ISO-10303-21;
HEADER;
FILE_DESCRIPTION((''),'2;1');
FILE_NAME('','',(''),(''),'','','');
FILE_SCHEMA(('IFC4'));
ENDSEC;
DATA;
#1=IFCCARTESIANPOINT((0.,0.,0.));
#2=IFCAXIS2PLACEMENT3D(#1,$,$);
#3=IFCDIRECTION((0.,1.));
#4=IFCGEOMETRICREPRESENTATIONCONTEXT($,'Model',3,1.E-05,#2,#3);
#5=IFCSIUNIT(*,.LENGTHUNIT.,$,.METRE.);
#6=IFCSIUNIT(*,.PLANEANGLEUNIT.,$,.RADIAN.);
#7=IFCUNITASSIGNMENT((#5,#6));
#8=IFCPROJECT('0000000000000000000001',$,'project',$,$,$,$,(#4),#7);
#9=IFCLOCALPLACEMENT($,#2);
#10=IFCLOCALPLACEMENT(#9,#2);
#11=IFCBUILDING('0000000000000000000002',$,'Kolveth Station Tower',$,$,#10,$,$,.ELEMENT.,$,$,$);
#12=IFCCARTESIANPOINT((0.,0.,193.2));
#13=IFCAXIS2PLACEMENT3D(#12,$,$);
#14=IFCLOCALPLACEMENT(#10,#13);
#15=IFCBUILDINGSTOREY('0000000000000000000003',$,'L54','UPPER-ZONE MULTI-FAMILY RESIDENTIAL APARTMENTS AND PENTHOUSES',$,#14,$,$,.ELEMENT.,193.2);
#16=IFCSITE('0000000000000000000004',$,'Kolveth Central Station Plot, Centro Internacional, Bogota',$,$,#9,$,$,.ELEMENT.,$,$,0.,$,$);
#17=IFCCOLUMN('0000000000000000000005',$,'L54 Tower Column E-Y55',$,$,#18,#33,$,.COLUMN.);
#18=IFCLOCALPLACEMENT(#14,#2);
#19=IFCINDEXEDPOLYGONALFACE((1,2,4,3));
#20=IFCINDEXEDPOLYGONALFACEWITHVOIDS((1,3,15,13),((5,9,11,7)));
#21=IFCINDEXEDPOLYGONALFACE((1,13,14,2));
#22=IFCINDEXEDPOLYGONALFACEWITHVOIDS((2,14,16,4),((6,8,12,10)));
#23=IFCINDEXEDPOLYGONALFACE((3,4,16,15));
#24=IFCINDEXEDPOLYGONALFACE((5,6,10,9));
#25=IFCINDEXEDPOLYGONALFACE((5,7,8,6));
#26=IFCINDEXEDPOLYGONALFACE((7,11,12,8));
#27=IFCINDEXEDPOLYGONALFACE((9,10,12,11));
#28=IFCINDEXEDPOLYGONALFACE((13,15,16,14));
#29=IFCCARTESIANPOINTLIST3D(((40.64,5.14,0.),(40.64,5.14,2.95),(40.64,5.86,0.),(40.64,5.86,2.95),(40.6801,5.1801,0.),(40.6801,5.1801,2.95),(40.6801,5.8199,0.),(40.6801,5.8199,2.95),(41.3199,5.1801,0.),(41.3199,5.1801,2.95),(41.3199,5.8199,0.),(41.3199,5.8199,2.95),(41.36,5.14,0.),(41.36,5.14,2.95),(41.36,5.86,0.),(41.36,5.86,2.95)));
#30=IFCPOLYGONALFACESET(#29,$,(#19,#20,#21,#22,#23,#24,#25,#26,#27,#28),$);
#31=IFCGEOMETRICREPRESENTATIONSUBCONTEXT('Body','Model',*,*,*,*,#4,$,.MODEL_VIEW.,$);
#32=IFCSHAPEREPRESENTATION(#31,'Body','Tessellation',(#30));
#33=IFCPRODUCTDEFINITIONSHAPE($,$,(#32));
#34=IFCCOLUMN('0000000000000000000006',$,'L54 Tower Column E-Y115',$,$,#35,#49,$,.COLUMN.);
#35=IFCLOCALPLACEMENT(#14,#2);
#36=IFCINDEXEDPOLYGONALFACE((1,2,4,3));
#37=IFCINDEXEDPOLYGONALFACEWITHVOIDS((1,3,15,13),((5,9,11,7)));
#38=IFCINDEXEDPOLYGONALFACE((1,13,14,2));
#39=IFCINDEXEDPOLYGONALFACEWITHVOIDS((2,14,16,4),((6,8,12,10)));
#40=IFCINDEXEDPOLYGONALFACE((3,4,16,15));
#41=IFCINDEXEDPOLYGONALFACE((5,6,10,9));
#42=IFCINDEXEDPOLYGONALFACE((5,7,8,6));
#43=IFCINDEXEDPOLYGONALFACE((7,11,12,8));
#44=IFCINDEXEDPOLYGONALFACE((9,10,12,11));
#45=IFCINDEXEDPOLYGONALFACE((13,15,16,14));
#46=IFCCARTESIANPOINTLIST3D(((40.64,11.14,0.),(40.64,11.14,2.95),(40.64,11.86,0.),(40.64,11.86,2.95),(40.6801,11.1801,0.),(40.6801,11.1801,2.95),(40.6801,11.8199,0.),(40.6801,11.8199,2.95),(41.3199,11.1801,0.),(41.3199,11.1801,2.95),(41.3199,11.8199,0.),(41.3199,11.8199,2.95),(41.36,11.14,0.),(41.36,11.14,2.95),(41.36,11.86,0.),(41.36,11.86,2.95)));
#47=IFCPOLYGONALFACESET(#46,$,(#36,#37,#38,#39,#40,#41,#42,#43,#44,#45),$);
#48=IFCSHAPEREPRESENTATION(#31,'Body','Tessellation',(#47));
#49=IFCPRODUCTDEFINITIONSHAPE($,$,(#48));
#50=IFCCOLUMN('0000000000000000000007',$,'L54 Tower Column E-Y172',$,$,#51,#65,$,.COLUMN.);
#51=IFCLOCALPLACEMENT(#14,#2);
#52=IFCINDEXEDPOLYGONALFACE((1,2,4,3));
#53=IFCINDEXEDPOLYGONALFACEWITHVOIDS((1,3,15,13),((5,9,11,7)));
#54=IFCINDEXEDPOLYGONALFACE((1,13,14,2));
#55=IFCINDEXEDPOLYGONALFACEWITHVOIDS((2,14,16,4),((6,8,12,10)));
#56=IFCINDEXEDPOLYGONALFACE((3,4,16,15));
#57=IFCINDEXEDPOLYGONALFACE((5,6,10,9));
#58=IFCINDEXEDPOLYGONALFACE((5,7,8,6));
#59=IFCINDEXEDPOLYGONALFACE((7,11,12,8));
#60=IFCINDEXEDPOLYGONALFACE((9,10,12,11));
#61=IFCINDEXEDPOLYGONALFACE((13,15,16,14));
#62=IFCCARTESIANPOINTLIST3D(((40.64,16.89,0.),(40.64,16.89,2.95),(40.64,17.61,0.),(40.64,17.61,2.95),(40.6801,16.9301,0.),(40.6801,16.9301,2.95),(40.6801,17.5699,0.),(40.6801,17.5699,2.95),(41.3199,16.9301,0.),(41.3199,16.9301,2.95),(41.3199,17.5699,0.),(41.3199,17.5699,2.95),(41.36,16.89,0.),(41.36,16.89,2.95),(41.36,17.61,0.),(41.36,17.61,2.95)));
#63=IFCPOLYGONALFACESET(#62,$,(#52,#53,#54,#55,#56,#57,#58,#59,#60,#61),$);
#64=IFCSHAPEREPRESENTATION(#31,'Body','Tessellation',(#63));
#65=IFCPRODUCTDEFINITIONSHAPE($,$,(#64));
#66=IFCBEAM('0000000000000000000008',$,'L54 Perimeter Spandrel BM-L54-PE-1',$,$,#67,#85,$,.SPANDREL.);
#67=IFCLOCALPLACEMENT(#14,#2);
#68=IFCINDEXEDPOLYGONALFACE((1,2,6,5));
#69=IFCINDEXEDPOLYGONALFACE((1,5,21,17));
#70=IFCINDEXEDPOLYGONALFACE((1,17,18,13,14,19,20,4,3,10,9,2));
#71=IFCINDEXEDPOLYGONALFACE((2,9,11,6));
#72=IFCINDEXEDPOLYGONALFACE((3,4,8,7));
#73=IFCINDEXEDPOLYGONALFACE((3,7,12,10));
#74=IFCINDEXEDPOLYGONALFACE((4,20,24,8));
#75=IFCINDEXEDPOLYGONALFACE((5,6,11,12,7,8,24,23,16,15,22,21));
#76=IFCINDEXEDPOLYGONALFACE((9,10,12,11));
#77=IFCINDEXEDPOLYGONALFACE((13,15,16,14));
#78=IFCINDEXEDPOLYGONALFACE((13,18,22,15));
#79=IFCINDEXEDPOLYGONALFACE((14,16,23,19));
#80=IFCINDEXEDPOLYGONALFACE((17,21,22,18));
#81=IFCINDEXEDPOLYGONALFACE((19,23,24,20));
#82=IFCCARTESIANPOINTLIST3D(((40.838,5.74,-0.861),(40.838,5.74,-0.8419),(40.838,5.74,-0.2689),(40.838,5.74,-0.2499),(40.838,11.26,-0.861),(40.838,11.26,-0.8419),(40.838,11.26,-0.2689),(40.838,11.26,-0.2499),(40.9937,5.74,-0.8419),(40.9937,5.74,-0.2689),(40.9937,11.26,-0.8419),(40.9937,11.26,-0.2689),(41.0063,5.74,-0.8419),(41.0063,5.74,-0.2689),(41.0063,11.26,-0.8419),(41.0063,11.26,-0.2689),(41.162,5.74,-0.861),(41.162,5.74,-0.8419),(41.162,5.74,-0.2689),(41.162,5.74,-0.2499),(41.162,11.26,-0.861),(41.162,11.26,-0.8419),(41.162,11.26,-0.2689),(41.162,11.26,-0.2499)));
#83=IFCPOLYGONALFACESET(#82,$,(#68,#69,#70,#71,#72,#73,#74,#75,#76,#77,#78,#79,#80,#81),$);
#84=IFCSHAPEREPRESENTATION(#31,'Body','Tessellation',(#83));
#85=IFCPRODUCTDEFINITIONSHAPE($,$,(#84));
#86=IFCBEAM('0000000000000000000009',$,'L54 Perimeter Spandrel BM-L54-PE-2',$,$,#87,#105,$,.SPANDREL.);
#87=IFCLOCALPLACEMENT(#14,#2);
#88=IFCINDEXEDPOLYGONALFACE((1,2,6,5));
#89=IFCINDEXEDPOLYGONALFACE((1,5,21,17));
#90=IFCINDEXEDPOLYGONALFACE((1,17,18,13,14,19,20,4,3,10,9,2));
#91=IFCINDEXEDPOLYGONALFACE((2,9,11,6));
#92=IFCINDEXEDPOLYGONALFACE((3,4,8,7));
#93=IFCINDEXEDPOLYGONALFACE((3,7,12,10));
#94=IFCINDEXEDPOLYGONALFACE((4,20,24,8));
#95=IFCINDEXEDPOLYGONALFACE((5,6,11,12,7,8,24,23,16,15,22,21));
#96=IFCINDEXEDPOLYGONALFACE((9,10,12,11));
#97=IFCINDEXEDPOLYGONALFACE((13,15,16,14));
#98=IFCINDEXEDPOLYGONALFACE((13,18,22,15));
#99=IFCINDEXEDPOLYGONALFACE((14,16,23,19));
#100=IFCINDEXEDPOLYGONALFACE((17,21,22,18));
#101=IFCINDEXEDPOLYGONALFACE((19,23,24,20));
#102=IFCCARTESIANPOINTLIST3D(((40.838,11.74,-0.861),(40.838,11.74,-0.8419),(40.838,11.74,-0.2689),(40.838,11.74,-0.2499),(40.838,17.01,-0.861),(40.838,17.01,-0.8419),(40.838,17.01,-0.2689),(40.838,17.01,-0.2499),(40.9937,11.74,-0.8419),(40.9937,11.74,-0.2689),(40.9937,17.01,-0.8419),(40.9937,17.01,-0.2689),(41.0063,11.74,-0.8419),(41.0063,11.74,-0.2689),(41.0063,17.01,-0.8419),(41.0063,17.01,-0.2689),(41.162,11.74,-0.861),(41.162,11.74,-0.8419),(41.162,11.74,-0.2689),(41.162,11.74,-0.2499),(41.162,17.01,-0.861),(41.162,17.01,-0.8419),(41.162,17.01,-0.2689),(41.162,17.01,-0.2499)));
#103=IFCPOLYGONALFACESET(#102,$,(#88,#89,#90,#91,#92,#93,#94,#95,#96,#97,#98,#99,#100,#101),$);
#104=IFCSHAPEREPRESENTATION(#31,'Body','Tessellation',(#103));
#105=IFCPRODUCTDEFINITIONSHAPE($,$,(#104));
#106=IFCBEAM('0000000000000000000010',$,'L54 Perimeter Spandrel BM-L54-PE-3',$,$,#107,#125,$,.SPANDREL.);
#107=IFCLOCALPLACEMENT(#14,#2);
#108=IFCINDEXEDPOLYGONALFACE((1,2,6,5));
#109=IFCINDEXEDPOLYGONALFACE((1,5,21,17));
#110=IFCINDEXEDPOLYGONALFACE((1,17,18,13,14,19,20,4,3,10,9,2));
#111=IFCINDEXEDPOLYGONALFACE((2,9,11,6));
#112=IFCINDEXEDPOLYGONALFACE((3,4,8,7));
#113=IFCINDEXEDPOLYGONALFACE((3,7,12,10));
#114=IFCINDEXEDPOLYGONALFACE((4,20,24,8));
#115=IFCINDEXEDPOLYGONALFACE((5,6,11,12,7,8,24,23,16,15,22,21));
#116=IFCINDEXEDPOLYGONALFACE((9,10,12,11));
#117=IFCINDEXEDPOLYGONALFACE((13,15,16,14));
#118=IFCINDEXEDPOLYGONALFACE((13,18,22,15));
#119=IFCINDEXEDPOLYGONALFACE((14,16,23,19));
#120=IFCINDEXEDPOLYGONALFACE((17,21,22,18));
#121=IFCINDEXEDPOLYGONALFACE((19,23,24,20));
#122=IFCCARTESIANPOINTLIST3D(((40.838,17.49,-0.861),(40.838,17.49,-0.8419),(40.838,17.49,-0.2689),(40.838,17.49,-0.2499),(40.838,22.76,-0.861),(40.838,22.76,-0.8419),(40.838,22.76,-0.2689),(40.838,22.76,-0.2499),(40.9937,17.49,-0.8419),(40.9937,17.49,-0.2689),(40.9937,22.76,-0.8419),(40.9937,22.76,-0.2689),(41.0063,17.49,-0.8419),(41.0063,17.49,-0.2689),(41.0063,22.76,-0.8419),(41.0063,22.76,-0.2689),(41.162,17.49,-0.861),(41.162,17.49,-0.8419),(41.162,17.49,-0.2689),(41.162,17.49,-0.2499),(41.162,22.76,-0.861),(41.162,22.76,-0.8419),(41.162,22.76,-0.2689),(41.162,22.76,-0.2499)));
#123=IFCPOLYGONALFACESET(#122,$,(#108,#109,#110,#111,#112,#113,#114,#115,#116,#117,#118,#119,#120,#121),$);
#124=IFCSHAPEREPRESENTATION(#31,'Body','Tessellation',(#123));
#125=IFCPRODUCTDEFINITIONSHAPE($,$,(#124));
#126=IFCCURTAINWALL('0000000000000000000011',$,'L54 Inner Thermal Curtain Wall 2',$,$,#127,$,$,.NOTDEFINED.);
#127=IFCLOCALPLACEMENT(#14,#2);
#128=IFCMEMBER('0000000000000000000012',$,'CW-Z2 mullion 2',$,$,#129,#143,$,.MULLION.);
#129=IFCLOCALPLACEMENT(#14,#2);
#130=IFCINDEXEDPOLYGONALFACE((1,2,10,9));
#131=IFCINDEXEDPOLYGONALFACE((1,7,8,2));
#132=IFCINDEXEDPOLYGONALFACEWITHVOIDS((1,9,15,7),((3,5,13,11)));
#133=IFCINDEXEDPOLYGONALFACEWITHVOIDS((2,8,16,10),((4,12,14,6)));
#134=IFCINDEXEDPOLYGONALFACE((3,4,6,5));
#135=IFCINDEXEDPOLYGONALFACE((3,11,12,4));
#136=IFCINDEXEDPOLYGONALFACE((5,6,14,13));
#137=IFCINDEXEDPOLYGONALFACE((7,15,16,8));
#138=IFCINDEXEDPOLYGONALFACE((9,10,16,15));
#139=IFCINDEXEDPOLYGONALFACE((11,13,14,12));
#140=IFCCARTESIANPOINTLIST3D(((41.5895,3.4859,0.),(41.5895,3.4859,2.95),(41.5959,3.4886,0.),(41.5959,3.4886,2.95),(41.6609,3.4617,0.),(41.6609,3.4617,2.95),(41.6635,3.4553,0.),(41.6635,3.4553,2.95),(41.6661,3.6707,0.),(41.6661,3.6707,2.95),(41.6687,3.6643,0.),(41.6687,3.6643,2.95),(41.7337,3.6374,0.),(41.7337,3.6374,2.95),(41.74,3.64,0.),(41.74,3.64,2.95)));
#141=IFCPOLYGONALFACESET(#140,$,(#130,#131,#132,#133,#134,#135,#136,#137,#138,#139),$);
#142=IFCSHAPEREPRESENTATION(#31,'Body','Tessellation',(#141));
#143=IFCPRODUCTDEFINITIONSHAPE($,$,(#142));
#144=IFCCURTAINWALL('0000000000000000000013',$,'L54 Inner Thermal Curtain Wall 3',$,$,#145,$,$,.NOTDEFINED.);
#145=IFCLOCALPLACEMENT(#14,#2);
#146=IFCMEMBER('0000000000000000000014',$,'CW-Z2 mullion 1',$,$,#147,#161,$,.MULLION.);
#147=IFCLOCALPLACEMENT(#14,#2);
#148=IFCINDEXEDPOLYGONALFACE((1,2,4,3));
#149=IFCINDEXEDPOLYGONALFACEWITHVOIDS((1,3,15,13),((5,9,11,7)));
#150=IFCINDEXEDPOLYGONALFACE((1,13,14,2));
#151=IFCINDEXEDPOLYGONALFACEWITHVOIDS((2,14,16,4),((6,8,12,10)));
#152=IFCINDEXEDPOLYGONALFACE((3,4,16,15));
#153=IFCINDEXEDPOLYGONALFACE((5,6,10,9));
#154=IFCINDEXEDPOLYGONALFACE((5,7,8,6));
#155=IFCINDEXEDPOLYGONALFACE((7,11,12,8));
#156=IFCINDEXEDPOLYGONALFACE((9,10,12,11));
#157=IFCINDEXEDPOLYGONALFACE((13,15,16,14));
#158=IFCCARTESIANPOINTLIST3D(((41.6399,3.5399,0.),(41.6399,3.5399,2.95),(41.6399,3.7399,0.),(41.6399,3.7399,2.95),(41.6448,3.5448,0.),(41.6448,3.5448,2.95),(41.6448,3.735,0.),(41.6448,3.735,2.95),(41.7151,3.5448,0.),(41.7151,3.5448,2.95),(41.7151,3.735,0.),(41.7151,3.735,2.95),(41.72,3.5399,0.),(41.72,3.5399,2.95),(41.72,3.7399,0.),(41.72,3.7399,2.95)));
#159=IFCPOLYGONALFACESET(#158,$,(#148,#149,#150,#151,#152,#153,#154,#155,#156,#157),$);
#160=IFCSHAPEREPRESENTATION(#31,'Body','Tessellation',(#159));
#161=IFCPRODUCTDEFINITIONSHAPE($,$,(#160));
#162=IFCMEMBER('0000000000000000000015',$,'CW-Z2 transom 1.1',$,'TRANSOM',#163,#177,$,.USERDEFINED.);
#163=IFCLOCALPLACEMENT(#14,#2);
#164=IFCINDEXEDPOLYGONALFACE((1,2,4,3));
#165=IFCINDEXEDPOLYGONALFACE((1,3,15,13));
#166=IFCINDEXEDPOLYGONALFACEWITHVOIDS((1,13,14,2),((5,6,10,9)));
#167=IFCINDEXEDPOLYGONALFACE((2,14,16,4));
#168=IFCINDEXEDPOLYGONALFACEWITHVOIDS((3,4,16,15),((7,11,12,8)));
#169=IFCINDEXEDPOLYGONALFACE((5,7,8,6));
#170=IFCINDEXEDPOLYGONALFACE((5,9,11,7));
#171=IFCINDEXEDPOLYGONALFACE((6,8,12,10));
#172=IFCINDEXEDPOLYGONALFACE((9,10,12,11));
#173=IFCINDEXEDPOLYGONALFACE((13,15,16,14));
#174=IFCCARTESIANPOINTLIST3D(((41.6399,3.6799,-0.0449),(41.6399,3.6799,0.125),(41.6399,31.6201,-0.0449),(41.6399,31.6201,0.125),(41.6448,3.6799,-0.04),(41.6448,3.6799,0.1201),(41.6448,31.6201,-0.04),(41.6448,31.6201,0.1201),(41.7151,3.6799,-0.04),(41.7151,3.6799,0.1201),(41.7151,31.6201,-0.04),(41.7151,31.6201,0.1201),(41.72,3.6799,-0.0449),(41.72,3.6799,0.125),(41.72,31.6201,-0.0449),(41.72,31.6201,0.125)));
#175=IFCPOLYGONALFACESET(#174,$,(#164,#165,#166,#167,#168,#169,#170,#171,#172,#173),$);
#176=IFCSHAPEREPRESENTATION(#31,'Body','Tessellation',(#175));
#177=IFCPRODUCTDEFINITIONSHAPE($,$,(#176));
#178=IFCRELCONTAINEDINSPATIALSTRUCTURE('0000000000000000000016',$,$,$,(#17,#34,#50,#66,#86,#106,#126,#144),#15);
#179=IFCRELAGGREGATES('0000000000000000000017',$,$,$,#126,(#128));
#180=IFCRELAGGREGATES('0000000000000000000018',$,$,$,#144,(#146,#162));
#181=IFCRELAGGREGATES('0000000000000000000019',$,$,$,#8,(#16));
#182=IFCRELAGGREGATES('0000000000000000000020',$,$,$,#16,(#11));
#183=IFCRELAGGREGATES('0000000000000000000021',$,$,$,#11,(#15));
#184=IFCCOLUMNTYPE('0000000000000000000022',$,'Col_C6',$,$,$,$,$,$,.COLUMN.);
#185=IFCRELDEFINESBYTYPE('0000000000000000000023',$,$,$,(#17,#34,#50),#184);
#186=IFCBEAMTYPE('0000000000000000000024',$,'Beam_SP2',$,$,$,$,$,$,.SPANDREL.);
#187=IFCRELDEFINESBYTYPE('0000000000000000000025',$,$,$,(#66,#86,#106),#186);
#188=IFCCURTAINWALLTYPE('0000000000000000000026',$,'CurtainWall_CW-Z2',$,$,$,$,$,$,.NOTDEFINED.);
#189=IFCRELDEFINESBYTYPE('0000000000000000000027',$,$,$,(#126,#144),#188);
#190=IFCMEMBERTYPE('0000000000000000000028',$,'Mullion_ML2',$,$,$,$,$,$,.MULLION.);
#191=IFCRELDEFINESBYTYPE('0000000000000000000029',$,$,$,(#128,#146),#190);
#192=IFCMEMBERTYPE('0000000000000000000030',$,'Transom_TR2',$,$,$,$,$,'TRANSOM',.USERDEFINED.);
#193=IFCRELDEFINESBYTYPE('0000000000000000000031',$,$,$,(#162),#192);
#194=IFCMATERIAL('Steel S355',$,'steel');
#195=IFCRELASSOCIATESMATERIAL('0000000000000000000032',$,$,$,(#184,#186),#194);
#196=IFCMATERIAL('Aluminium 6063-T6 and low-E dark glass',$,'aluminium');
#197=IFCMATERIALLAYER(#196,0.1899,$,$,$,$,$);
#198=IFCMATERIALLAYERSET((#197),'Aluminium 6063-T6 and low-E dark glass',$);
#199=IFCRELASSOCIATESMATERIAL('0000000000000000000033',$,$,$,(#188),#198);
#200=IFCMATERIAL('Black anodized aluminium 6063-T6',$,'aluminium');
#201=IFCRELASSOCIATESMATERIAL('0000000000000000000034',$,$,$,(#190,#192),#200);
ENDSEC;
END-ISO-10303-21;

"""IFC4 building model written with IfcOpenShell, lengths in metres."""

from ifc_helpers import new_model, si_unit, direction, frame, origin, origin_2d, place, context, subcontext, project, spatial, hollow_rectangle, i_section, extrude, source, transform, mapped, material, layer, layer_set, material_profile, profile_set, type_object, element, aggregate, save


model = new_model("IFC4")

# Units and contexts
model_context = context("Model", 3, precision=1e-05, world=origin(), true_north=direction((0.0, 1.0)))
body_context = subcontext(model_context, "Body", "Model", "MODEL_VIEW")
ifc_project = project(units=[si_unit("LENGTHUNIT", "METRE"), si_unit("PLANEANGLEUNIT", "RADIAN")], contexts=[model_context])

# Site, building, storey
site_placement = place(None, origin())
site = spatial("IfcSite", under=ifc_project, at=site_placement, Name="Kolveth Central Station Plot, Centro Internacional, Bogota", CompositionType="ELEMENT", RefElevation=0.0)
building_placement = place(site_placement, origin())
building = spatial("IfcBuilding", under=site, at=building_placement, Name="Kolveth Station Tower", CompositionType="ELEMENT")
storey_placement = place(building_placement, frame((0.0, 0.0, 193.2)))
storey = spatial("IfcBuildingStorey", under=building, at=storey_placement, Name="L54", Description="UPPER-ZONE MULTI-FAMILY RESIDENTIAL APARTMENTS AND PENTHOUSES", CompositionType="ELEMENT", Elevation=193.2)

# Columns
ifc_material_1 = material(Name="Steel S355", Category="steel")
ifc_material_profile_1 = material_profile(ifc_material_1, hollow_rectangle(XDim=0.72, YDim=0.72, WallThickness=0.04, at=origin_2d()), Name="BOX720x720x40")
ifc_profile_set_1 = profile_set([ifc_material_profile_1], Name="Steel S355")
column_type = type_object("IfcColumnType", Name="Col_C6", PredefinedType="COLUMN", material=ifc_profile_set_1)
shared_shape_1 = source(origin(), body_context, "Body", "SweptSolid", [
    extrude(hollow_rectangle(XDim=0.72, YDim=0.72, WallThickness=0.04, at=origin_2d()), origin(), (0.0, 0.0, 1.0), 2.95),
])
for number, where, z_axis, x_axis, name in (
    (1, (41.0, 5.5, 0.0), (0.0, 0.0, 1.0), (1.0, 0.0, 0.0), "L54 Tower Column E-Y55"),
    (2, (41.0, 11.5, 0.0), (0.0, 0.0, 1.0), (1.0, 0.0, 0.0), "L54 Tower Column E-Y115"),
    (3, (41.0, 17.25, 0.0), (0.0, 0.0, 1.0), (1.0, 0.0, 0.0), "L54 Tower Column E-Y172"),
):
    element("IfcColumn", number, at=place(storey_placement, frame(where, z_axis=z_axis, x_axis=x_axis)), inside=storey, type_object=column_type, Name=name, PredefinedType="COLUMN", context=body_context, shape_type="MappedRepresentation", body=[
        mapped(shared_shape_1, transform((0.0, 0.0, 0.0), x_axis=(1.0, 0.0, 0.0), y_axis=(0.0, 1.0, 0.0), z_axis=(0.0, 0.0, 1.0), scale=1.0)),
    ])

# Beams
ifc_material_profile_2 = material_profile(ifc_material_1, i_section(OverallWidth=0.324, OverallDepth=0.6111, WebThickness=0.0127, FlangeThickness=0.019, at=origin_2d()), Name="W610x155")
ifc_profile_set_2 = profile_set([ifc_material_profile_2], Name="Steel S355")
beam_type = type_object("IfcBeamType", Name="Beam_SP2", PredefinedType="SPANDREL", material=ifc_profile_set_2)
shared_shape_2 = source(origin(), body_context, "Body", "SweptSolid", [
    extrude(i_section(OverallWidth=0.324, OverallDepth=0.6111, WebThickness=0.0127, FlangeThickness=0.019, at=origin_2d()), origin(), (0.0, 0.0, 1.0), 5.52),
])
beam_placement = place(storey_placement, frame((41.0, 5.74, -0.5554), z_axis=(0.0, 1.0, 0.0), x_axis=(-1.0, 0.0, 0.0)))
element("IfcBeam", 4, at=beam_placement, inside=storey, type_object=beam_type, Name="L54 Perimeter Spandrel BM-L54-PE-1", PredefinedType="SPANDREL", context=body_context, shape_type="MappedRepresentation", body=[
    mapped(shared_shape_2, transform((0.0, 0.0, 0.0), x_axis=(1.0, 0.0, 0.0), y_axis=(0.0, 1.0, 0.0), z_axis=(0.0, 0.0, 1.0), scale=1.0)),
])
shared_shape_3 = source(origin(), body_context, "Body", "SweptSolid", [
    extrude(i_section(OverallWidth=0.324, OverallDepth=0.6111, WebThickness=0.0127, FlangeThickness=0.019, at=origin_2d()), origin(), (0.0, 0.0, 1.0), 5.27),
])
for number, where, z_axis, x_axis, name in (
    (5, (41.0, 11.74, -0.5554), (0.0, 1.0, 0.0), (-1.0, 0.0, 0.0), "L54 Perimeter Spandrel BM-L54-PE-2"),
    (6, (41.0, 17.49, -0.5554), (0.0, 1.0, 0.0), (-1.0, 0.0, 0.0), "L54 Perimeter Spandrel BM-L54-PE-3"),
):
    element("IfcBeam", number, at=place(storey_placement, frame(where, z_axis=z_axis, x_axis=x_axis)), inside=storey, type_object=beam_type, Name=name, PredefinedType="SPANDREL", context=body_context, shape_type="MappedRepresentation", body=[
        mapped(shared_shape_3, transform((0.0, 0.0, 0.0), x_axis=(1.0, 0.0, 0.0), y_axis=(0.0, 1.0, 0.0), z_axis=(0.0, 0.0, 1.0), scale=1.0)),
    ])

# Curtain wall, member
ifc_material_2 = material(Name="Aluminium 6063-T6 and low-E dark glass", Category="aluminium")
ifc_layer_1 = layer(ifc_material_2, 0.1899)
ifc_layer_set_1 = layer_set([ifc_layer_1], Name="Aluminium 6063-T6 and low-E dark glass")
curtain_wall_type_1 = type_object("IfcCurtainWallType", Name="CurtainWall_CW-Z2", PredefinedType="NOTDEFINED", material=ifc_layer_set_1)
curtain_wall_1_placement = place(storey_placement, origin())
curtain_wall_1 = element("IfcCurtainWall", 7, at=curtain_wall_1_placement, inside=storey, type_object=curtain_wall_type_1, Name="L54 Inner Thermal Curtain Wall 2", PredefinedType="NOTDEFINED")
ifc_material_3 = material(Name="Black anodized aluminium 6063-T6", Category="aluminium")
ifc_material_profile_3 = material_profile(ifc_material_3, hollow_rectangle(XDim=0.0801, YDim=0.2, WallThickness=0.0049, at=origin_2d()), Name="ALU-80x200x5")
ifc_profile_set_3 = profile_set([ifc_material_profile_3], Name="Black anodized aluminium 6063-T6")
member_type_1 = type_object("IfcMemberType", Name="Mullion_ML2", PredefinedType="MULLION", material=ifc_profile_set_3)
shared_shape_4 = source(origin(), body_context, "Body", "SweptSolid", [
    extrude(hollow_rectangle(XDim=0.0801, YDim=0.2, WallThickness=0.0049, at=origin_2d()), origin(), (0.0, 0.0, 1.0), 2.95),
])
member_1_placement = place(storey_placement, frame((41.6648, 3.563, 0.0), z_axis=(0.0, 0.0, 1.0), x_axis=(-0.923874, 0.382698, 0.0)))
member_1 = element("IfcMember", 8, at=member_1_placement, type_object=member_type_1, Name="CW-Z2 mullion 2", PredefinedType="MULLION", context=body_context, shape_type="MappedRepresentation", body=[
    mapped(shared_shape_4, transform((0.0, 0.0, 0.0), x_axis=(1.0, 0.0, 0.0), y_axis=(0.0, 1.0, 0.0), z_axis=(0.0, 0.0, 1.0), scale=1.0)),
])

# Curtain wall, members
curtain_wall_2_placement = place(storey_placement, origin())
curtain_wall_2 = element("IfcCurtainWall", 9, at=curtain_wall_2_placement, inside=storey, type_object=curtain_wall_type_1, Name="L54 Inner Thermal Curtain Wall 3", PredefinedType="NOTDEFINED")
member_2_placement = place(storey_placement, frame((41.6799, 3.6399, 0.0), z_axis=(0.0, 0.0, 1.0), x_axis=(-1.0, 0.0, 0.0)))
member_2 = element("IfcMember", 10, at=member_2_placement, type_object=member_type_1, Name="CW-Z2 mullion 1", PredefinedType="MULLION", context=body_context, shape_type="MappedRepresentation", body=[
    mapped(shared_shape_4, transform((0.0, 0.0, 0.0), x_axis=(1.0, 0.0, 0.0), y_axis=(0.0, 1.0, 0.0), z_axis=(0.0, 0.0, 1.0), scale=1.0)),
])
ifc_material_profile_4 = material_profile(ifc_material_3, hollow_rectangle(XDim=0.0801, YDim=0.1699, WallThickness=0.0049, at=origin_2d()), Name="ALU-80x170x5")
ifc_profile_set_4 = profile_set([ifc_material_profile_4], Name="Black anodized aluminium 6063-T6")
member_type_2 = type_object("IfcMemberType", Name="Transom_TR2", ElementType="TRANSOM", PredefinedType="USERDEFINED", material=ifc_profile_set_4)
shared_shape_5 = source(origin(), body_context, "Body", "SweptSolid", [
    extrude(hollow_rectangle(XDim=0.0801, YDim=0.1699, WallThickness=0.0049, at=origin_2d()), origin(), (0.0, 0.0, 1.0), 27.9402),
])
member_3_placement = place(storey_placement, frame((41.6799, 3.6799, 0.04), z_axis=(0.0, 1.0, 0.0), x_axis=(-1.0, 0.0, 0.0)))
member_3 = element("IfcMember", 11, at=member_3_placement, type_object=member_type_2, Name="CW-Z2 transom 1.1", ObjectType="TRANSOM", PredefinedType="USERDEFINED", context=body_context, shape_type="MappedRepresentation", body=[
    mapped(shared_shape_5, transform((0.0, 0.0, 0.0), x_axis=(1.0, 0.0, 0.0), y_axis=(0.0, 1.0, 0.0), z_axis=(0.0, 0.0, 1.0), scale=1.0)),
])

aggregate(curtain_wall_1, [member_1])
aggregate(curtain_wall_2, [member_2, member_3])

save(model, "model.ifc")
